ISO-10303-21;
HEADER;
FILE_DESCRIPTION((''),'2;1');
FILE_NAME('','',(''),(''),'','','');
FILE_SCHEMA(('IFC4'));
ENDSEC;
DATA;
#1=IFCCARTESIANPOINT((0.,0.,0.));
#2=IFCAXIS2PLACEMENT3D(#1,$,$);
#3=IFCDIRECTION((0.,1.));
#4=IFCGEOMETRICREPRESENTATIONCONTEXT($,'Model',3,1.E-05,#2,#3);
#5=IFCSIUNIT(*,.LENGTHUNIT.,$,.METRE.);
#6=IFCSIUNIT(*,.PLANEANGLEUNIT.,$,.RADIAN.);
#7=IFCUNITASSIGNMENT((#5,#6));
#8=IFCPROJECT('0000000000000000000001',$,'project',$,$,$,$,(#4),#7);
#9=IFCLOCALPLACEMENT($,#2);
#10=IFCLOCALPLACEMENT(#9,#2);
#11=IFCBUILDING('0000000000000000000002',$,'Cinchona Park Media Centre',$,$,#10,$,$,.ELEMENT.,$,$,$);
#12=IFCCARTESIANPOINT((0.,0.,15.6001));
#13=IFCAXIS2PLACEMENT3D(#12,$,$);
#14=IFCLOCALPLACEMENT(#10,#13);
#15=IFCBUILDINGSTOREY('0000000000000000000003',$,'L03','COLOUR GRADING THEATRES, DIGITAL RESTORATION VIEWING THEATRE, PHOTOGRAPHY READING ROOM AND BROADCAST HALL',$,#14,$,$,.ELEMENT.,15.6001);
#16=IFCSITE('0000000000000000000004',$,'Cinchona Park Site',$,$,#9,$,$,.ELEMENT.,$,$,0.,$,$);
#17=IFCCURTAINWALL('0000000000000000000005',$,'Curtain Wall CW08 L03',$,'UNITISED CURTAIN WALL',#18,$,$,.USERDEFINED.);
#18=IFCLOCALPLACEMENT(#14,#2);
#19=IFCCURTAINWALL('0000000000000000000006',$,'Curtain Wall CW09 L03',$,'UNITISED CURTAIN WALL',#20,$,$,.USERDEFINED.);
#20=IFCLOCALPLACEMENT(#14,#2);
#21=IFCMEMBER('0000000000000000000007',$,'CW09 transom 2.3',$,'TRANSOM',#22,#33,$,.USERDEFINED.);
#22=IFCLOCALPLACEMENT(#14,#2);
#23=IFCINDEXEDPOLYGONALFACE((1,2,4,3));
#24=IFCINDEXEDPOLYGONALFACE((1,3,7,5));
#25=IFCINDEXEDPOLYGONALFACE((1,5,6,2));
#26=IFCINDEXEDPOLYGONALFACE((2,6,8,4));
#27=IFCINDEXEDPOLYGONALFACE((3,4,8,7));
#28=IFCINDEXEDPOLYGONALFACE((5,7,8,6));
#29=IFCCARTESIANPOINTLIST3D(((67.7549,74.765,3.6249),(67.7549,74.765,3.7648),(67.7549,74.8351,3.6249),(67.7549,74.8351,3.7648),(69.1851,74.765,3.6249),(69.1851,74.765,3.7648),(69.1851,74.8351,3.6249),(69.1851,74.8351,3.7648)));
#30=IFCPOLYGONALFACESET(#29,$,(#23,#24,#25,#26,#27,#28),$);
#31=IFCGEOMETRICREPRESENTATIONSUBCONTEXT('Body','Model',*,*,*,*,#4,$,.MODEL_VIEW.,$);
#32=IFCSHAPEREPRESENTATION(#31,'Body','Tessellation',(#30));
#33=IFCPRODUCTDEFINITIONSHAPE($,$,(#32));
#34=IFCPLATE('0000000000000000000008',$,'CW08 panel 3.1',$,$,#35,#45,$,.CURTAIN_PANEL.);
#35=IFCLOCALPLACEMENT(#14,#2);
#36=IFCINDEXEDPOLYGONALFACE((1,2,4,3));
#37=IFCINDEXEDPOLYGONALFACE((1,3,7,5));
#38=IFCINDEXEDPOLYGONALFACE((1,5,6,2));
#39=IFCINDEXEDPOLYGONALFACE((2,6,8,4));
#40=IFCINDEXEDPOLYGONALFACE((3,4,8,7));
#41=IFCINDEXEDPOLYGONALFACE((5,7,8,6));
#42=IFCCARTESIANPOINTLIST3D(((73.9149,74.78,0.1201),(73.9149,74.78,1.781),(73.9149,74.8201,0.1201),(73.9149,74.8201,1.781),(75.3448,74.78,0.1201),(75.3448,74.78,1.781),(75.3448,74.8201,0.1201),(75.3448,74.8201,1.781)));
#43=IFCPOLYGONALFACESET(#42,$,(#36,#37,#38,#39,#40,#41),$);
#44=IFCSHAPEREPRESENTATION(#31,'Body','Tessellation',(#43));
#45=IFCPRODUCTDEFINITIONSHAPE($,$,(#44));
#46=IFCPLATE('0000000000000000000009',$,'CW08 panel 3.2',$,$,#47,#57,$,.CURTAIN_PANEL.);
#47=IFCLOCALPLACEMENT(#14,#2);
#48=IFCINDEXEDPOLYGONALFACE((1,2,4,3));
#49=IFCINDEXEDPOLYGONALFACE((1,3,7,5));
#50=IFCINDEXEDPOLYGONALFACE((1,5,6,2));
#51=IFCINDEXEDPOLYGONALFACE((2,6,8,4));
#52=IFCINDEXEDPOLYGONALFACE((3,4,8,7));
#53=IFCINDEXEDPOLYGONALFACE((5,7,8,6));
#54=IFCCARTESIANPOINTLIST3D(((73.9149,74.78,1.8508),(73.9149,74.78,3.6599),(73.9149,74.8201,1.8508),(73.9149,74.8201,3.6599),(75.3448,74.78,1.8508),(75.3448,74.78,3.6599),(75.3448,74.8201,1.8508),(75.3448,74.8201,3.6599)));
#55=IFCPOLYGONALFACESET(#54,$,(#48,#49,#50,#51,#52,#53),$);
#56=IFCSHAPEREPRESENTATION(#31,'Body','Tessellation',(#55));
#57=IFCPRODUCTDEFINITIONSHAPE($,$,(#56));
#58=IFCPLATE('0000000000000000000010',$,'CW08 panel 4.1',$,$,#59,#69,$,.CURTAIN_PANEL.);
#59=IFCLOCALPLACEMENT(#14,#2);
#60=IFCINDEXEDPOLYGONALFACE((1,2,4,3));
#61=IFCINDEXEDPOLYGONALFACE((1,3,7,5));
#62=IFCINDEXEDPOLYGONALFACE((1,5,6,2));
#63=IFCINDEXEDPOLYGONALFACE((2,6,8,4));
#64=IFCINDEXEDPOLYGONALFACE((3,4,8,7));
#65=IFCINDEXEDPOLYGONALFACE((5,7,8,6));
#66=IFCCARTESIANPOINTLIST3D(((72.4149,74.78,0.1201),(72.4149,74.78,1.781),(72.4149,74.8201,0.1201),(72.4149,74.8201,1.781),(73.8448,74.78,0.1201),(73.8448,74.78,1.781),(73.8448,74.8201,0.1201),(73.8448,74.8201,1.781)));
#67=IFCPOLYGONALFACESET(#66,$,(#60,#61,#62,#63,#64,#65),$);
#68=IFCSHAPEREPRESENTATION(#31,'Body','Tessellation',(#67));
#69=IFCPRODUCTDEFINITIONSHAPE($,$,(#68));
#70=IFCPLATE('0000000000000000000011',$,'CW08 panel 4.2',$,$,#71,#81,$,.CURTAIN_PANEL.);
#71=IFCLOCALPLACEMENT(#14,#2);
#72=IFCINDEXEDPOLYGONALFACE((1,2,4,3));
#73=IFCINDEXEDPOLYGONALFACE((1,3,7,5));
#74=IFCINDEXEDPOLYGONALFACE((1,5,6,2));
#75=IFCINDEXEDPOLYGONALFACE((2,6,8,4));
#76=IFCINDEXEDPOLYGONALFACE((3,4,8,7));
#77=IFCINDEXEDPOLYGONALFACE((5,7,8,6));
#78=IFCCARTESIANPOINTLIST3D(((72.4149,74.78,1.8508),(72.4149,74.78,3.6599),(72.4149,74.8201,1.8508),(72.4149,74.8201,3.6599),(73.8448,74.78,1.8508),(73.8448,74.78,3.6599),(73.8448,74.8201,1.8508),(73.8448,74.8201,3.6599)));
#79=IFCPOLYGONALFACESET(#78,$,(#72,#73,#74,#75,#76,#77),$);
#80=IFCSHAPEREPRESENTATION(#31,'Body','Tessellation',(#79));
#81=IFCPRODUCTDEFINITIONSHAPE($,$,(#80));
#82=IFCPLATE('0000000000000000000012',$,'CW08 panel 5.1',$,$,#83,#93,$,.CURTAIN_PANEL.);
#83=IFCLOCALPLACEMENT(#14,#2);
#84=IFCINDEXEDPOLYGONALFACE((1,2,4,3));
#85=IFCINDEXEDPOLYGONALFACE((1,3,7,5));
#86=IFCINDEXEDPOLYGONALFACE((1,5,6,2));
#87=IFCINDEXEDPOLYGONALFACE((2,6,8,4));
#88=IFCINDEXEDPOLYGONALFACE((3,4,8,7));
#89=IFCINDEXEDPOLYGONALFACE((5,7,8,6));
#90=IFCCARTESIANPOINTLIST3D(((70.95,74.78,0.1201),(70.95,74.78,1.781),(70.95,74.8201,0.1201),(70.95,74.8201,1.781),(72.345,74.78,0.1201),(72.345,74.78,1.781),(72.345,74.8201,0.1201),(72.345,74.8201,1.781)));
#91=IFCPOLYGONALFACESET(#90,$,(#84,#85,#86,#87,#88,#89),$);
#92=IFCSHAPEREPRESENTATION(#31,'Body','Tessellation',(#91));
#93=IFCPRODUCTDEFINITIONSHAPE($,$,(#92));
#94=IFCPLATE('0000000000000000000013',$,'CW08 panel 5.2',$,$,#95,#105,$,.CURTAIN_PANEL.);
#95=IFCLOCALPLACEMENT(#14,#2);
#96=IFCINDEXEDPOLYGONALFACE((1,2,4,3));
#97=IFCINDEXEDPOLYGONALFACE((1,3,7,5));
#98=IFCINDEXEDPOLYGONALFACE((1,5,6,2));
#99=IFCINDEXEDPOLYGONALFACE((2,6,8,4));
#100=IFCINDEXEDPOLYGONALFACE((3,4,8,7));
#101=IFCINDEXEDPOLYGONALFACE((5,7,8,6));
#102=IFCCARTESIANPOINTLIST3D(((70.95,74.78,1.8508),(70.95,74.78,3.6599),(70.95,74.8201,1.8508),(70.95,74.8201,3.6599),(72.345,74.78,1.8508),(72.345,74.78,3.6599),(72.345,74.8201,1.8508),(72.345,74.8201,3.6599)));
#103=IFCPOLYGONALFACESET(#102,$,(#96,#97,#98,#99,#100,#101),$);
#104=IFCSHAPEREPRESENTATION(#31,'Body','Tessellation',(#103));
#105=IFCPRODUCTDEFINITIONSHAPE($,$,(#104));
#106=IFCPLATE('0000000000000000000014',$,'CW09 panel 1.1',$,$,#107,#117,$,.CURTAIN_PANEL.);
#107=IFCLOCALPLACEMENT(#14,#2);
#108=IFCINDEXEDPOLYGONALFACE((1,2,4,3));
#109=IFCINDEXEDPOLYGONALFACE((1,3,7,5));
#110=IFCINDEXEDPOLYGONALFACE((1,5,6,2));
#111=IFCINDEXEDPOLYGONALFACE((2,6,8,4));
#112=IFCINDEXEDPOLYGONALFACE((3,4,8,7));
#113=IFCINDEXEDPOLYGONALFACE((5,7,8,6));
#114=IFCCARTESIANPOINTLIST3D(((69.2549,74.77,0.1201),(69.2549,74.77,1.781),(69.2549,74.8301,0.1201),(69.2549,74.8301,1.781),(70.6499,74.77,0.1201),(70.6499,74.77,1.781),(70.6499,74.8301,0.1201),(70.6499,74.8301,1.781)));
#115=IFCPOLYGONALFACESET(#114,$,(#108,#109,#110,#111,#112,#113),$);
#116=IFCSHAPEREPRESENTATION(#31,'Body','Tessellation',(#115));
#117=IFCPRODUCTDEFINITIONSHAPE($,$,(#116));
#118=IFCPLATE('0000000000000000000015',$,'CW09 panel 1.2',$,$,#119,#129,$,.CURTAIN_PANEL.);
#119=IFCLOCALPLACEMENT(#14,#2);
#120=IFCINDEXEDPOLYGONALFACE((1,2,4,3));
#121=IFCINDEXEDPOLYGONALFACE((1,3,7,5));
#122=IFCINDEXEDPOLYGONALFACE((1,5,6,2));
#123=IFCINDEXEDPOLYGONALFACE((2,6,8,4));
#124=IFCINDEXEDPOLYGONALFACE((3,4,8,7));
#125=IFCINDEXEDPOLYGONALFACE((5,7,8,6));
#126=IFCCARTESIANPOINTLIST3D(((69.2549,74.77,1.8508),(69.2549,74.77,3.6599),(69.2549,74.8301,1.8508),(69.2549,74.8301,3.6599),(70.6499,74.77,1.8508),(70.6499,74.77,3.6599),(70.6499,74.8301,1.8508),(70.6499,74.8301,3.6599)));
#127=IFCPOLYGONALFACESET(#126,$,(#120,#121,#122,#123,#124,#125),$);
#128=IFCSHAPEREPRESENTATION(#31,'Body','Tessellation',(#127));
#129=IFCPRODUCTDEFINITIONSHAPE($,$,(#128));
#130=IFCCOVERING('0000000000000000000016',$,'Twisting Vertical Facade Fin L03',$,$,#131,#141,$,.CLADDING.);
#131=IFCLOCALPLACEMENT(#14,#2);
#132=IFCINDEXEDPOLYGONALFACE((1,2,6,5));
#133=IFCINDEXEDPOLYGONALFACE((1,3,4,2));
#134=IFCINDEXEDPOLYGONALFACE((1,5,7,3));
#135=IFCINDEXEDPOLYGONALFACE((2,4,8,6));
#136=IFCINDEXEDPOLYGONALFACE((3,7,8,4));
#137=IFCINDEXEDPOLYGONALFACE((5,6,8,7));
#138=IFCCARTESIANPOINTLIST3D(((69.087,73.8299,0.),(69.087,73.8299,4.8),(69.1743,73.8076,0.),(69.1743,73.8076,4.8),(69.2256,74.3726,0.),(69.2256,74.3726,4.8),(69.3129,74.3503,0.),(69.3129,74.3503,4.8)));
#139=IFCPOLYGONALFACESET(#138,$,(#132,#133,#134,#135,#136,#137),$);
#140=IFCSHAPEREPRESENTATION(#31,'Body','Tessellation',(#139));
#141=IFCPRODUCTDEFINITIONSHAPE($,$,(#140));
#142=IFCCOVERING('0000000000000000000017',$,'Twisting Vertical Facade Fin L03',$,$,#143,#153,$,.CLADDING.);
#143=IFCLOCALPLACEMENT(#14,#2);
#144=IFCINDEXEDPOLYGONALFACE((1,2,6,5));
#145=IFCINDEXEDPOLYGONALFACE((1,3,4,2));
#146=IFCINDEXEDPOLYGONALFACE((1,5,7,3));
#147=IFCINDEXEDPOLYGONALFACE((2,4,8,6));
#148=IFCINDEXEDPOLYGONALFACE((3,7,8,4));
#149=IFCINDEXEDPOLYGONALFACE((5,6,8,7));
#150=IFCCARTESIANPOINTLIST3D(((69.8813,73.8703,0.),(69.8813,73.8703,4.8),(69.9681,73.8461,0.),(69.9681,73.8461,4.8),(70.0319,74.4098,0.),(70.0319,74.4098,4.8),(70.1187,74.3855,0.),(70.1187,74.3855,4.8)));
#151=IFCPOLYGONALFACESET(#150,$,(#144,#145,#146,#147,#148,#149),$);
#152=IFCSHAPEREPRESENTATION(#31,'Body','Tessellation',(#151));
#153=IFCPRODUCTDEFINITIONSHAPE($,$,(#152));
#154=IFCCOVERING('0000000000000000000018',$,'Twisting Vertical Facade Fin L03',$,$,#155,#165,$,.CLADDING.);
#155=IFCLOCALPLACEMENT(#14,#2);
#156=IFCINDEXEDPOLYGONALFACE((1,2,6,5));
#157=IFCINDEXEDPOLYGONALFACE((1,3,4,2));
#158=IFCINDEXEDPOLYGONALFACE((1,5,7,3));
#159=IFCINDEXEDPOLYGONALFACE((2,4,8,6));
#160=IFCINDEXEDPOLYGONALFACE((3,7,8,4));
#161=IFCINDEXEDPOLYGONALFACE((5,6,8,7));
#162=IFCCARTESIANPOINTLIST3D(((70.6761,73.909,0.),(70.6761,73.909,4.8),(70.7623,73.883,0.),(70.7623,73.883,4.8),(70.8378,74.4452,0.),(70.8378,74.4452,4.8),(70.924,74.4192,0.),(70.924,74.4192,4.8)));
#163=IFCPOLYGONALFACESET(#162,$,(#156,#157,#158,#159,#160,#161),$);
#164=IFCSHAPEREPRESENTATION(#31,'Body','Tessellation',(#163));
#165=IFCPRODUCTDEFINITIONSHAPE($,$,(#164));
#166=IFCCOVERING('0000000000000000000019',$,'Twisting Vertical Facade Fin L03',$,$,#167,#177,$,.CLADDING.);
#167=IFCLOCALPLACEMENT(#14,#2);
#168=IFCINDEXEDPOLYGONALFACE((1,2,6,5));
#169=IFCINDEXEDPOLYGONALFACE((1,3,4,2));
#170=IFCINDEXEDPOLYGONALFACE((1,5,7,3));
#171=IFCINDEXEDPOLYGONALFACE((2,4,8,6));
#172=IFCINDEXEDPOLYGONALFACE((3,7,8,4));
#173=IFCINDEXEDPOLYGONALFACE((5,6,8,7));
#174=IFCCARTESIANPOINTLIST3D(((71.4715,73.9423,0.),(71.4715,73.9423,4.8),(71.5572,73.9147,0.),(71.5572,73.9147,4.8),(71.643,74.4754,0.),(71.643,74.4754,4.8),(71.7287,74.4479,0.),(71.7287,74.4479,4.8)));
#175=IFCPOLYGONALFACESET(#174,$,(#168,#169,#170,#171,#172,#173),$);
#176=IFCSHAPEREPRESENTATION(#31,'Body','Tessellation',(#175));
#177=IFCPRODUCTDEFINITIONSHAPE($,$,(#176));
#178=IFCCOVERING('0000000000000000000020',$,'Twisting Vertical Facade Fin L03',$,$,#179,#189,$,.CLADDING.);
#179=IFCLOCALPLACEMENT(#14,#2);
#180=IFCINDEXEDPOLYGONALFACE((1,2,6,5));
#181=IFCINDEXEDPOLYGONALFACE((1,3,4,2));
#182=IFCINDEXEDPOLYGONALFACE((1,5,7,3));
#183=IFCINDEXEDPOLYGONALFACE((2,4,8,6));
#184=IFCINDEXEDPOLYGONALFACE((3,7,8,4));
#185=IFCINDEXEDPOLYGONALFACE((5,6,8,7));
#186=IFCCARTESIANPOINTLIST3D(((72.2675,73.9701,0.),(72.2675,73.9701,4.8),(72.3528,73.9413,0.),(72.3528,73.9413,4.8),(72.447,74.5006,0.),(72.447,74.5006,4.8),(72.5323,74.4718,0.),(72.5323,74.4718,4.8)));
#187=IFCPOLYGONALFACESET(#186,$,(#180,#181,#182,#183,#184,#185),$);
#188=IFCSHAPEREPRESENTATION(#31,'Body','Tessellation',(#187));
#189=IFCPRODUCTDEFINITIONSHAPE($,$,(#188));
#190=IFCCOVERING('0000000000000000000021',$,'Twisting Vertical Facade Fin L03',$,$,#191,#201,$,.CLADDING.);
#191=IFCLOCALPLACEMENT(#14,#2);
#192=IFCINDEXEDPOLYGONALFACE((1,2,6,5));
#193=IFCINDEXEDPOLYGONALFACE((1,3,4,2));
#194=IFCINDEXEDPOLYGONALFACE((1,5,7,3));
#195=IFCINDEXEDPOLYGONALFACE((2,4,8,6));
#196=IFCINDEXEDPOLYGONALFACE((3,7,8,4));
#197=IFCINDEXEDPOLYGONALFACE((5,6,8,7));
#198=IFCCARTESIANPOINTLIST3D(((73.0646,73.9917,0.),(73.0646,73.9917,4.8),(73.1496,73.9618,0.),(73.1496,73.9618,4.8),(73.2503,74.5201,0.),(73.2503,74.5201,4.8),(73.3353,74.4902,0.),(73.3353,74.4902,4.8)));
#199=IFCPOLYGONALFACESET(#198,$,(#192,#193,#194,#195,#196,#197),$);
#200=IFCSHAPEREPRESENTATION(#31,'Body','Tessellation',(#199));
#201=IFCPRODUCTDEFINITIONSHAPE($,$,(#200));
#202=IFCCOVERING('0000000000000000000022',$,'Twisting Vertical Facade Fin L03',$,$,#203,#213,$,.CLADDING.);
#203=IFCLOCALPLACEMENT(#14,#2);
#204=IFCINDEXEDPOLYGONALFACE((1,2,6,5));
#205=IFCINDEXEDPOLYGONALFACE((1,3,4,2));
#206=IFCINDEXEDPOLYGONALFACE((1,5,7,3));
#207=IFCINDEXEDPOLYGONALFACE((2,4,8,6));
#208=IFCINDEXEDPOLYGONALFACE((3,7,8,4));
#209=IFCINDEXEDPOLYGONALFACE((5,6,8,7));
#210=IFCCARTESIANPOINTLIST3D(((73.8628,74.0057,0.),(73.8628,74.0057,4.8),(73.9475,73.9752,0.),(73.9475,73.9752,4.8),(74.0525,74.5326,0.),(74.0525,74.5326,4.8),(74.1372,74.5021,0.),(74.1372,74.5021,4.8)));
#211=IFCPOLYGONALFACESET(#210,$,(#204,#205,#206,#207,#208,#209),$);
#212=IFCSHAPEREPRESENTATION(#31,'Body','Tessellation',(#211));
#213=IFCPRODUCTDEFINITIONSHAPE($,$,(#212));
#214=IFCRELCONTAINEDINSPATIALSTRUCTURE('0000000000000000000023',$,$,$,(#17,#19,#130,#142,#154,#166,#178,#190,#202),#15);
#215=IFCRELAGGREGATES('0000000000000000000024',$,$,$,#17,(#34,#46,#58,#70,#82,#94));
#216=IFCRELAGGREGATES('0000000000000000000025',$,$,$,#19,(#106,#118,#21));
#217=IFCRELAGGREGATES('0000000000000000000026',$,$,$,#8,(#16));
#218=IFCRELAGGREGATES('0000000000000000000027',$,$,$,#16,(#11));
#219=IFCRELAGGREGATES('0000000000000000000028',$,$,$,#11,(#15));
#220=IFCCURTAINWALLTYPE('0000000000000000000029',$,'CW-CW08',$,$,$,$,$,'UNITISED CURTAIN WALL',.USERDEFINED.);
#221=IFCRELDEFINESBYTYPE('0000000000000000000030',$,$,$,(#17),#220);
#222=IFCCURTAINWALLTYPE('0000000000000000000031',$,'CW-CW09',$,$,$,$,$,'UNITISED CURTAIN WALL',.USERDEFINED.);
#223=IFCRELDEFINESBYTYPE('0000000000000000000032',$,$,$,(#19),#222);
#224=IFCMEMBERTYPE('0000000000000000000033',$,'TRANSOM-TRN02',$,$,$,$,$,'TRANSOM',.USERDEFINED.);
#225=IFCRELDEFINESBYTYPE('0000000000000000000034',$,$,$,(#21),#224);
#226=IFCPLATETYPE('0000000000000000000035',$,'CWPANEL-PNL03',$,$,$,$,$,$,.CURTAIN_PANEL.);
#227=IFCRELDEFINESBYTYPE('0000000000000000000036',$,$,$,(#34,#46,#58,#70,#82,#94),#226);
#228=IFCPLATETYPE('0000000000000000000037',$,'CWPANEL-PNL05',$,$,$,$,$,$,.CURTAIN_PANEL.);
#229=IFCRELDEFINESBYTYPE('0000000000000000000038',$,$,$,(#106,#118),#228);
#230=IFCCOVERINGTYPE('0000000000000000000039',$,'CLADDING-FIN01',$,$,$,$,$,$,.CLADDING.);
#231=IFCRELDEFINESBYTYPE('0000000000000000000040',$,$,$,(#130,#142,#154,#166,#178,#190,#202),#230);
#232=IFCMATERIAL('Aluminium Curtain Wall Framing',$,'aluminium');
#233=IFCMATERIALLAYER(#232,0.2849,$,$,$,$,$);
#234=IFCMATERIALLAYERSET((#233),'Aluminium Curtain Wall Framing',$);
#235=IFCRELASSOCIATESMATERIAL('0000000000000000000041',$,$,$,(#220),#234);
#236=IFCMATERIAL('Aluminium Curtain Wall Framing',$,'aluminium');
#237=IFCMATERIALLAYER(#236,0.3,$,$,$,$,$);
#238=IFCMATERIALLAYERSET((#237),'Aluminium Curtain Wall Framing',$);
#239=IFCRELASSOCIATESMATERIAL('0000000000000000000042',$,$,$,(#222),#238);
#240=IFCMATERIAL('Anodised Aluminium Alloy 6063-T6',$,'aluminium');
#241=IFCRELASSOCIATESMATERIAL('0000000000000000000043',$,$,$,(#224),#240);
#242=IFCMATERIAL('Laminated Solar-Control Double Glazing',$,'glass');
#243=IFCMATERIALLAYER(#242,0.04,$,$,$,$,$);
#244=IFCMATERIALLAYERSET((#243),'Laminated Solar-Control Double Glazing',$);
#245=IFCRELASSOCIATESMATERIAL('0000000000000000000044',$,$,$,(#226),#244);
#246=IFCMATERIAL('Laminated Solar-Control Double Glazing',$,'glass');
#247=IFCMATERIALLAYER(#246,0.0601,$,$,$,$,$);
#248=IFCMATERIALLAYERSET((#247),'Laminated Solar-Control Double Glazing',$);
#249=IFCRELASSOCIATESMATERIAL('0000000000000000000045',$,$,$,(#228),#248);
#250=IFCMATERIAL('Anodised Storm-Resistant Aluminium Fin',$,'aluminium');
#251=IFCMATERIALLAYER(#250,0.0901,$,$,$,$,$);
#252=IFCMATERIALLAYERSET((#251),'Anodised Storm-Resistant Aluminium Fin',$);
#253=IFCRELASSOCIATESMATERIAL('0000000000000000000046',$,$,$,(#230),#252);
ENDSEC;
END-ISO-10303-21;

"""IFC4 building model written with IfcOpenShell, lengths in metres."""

from ifc_helpers import new_model, si_unit, direction, frame, origin, origin_2d, place, context, subcontext, project, spatial, rectangle, extrude, material, layer, layer_set, material_profile, profile_set, type_object, element, aggregate, save


model = new_model("IFC4")

# Units and contexts
model_context = context("Model", 3, precision=1e-05, world=origin(), true_north=direction((0.0, 1.0)))
body_context = subcontext(model_context, "Body", "Model", "MODEL_VIEW")
ifc_project = project(units=[si_unit("LENGTHUNIT", "METRE"), si_unit("PLANEANGLEUNIT", "RADIAN")], contexts=[model_context])

# Site, building, storey
site_placement = place(None, origin())
site = spatial("IfcSite", under=ifc_project, at=site_placement, Name="Cinchona Park Site", CompositionType="ELEMENT", RefElevation=0.0)
building_placement = place(site_placement, origin())
building = spatial("IfcBuilding", under=site, at=building_placement, Name="Cinchona Park Media Centre", CompositionType="ELEMENT")
storey_placement = place(building_placement, frame((0.0, 0.0, 15.6001)))
storey = spatial("IfcBuildingStorey", under=building, at=storey_placement, Name="L03", Description="COLOUR GRADING THEATRES, DIGITAL RESTORATION VIEWING THEATRE, PHOTOGRAPHY READING ROOM AND BROADCAST HALL", CompositionType="ELEMENT", Elevation=15.6001)

# Curtain walls
ifc_material_1 = material(Name="Aluminium Curtain Wall Framing", Category="aluminium")
ifc_layer_1 = layer(ifc_material_1, 0.2849)
ifc_layer_set_1 = layer_set([ifc_layer_1], Name="Aluminium Curtain Wall Framing")
curtain_wall_type_1 = type_object("IfcCurtainWallType", Name="CW-CW08", ElementType="UNITISED CURTAIN WALL", PredefinedType="USERDEFINED", material=ifc_layer_set_1)
curtain_wall_1_placement = place(storey_placement, origin())
curtain_wall_1 = element("IfcCurtainWall", 1, at=curtain_wall_1_placement, inside=storey, type_object=curtain_wall_type_1, Name="Curtain Wall CW08 L03", ObjectType="UNITISED CURTAIN WALL", PredefinedType="USERDEFINED")
ifc_material_2 = material(Name="Aluminium Curtain Wall Framing", Category="aluminium")
ifc_layer_2 = layer(ifc_material_2, 0.3)
ifc_layer_set_2 = layer_set([ifc_layer_2], Name="Aluminium Curtain Wall Framing")
curtain_wall_type_2 = type_object("IfcCurtainWallType", Name="CW-CW09", ElementType="UNITISED CURTAIN WALL", PredefinedType="USERDEFINED", material=ifc_layer_set_2)
curtain_wall_2_placement = place(storey_placement, origin())
curtain_wall_2 = element("IfcCurtainWall", 2, at=curtain_wall_2_placement, inside=storey, type_object=curtain_wall_type_2, Name="Curtain Wall CW09 L03", ObjectType="UNITISED CURTAIN WALL", PredefinedType="USERDEFINED")

# Member
ifc_material_3 = material(Name="Anodised Aluminium Alloy 6063-T6", Category="aluminium")
ifc_material_profile_1 = material_profile(ifc_material_3, rectangle(XDim=0.0701, YDim=0.1399, at=origin_2d()), Name="TRN-70X140")
ifc_profile_set_1 = profile_set([ifc_material_profile_1], Name="Anodised Aluminium Alloy 6063-T6")
member_type_1 = type_object("IfcMemberType", Name="TRANSOM-TRN02", ElementType="TRANSOM", PredefinedType="USERDEFINED", material=ifc_profile_set_1)
member_1_placement = place(storey_placement, frame((69.1851, 74.8, 3.6948), z_axis=(-1.0, 0.0, 0.0), x_axis=(0.0, -1.0, 0.0)))
member_1 = element("IfcMember", 3, at=member_1_placement, type_object=member_type_1, Name="CW09 transom 2.3", ObjectType="TRANSOM", PredefinedType="USERDEFINED", context=body_context, shape_type="SweptSolid", body=[
    extrude(rectangle(XDim=0.0701, YDim=0.1399, at=origin_2d()), origin(), (0.0, 0.0, 1.0), 1.4302),
])

# Plates
ifc_material_4 = material(Name="Laminated Solar-Control Double Glazing", Category="glass")
ifc_layer_3 = layer(ifc_material_4, 0.04)
ifc_layer_set_3 = layer_set([ifc_layer_3], Name="Laminated Solar-Control Double Glazing")
plate_type_1 = type_object("IfcPlateType", Name="CWPANEL-PNL03", PredefinedType="CURTAIN_PANEL", material=ifc_layer_set_3)
plate_1_placement = place(storey_placement, frame((74.6299, 74.8, 0.1201), z_axis=(0.0, 0.0, 1.0), x_axis=(-1.0, 0.0, 0.0)))
plate_1 = element("IfcPlate", 4, at=plate_1_placement, type_object=plate_type_1, Name="CW08 panel 3.1", PredefinedType="CURTAIN_PANEL", context=body_context, shape_type="SweptSolid", body=[
    extrude(rectangle(XDim=1.4299, YDim=0.04, at=origin_2d()), origin(), (0.0, 0.0, 1.0), 1.6609),
])
plate_2_placement = place(storey_placement, frame((74.6299, 74.8, 1.8508), z_axis=(0.0, 0.0, 1.0), x_axis=(-1.0, 0.0, 0.0)))
plate_2 = element("IfcPlate", 5, at=plate_2_placement, type_object=plate_type_1, Name="CW08 panel 3.2", PredefinedType="CURTAIN_PANEL", context=body_context, shape_type="SweptSolid", body=[
    extrude(rectangle(XDim=1.4299, YDim=0.04, at=origin_2d()), origin(), (0.0, 0.0, 1.0), 1.8091),
])
plate_3_placement = place(storey_placement, frame((73.1299, 74.8, 0.1201), z_axis=(0.0, 0.0, 1.0), x_axis=(-1.0, 0.0, 0.0)))
plate_3 = element("IfcPlate", 6, at=plate_3_placement, type_object=plate_type_1, Name="CW08 panel 4.1", PredefinedType="CURTAIN_PANEL", context=body_context, shape_type="SweptSolid", body=[
    extrude(rectangle(XDim=1.4299, YDim=0.04, at=origin_2d()), origin(), (0.0, 0.0, 1.0), 1.6609),
])
plate_4_placement = place(storey_placement, frame((73.1299, 74.8, 1.8508), z_axis=(0.0, 0.0, 1.0), x_axis=(-1.0, 0.0, 0.0)))
plate_4 = element("IfcPlate", 7, at=plate_4_placement, type_object=plate_type_1, Name="CW08 panel 4.2", PredefinedType="CURTAIN_PANEL", context=body_context, shape_type="SweptSolid", body=[
    extrude(rectangle(XDim=1.4299, YDim=0.04, at=origin_2d()), origin(), (0.0, 0.0, 1.0), 1.8091),
])
plate_5_placement = place(storey_placement, frame((71.6475, 74.8, 0.1201), z_axis=(0.0, 0.0, 1.0), x_axis=(-1.0, 0.0, 0.0)))
plate_5 = element("IfcPlate", 8, at=plate_5_placement, type_object=plate_type_1, Name="CW08 panel 5.1", PredefinedType="CURTAIN_PANEL", context=body_context, shape_type="SweptSolid", body=[
    extrude(rectangle(XDim=1.395, YDim=0.04, at=origin_2d()), origin(), (0.0, 0.0, 1.0), 1.6609),
])
plate_6_placement = place(storey_placement, frame((71.6475, 74.8, 1.8508), z_axis=(0.0, 0.0, 1.0), x_axis=(-1.0, 0.0, 0.0)))
plate_6 = element("IfcPlate", 9, at=plate_6_placement, type_object=plate_type_1, Name="CW08 panel 5.2", PredefinedType="CURTAIN_PANEL", context=body_context, shape_type="SweptSolid", body=[
    extrude(rectangle(XDim=1.395, YDim=0.04, at=origin_2d()), origin(), (0.0, 0.0, 1.0), 1.8091),
])
aggregate(curtain_wall_1, [plate_1, plate_2, plate_3, plate_4, plate_5, plate_6])
ifc_material_5 = material(Name="Laminated Solar-Control Double Glazing", Category="glass")
ifc_layer_4 = layer(ifc_material_5, 0.0601)
ifc_layer_set_4 = layer_set([ifc_layer_4], Name="Laminated Solar-Control Double Glazing")
plate_type_2 = type_object("IfcPlateType", Name="CWPANEL-PNL05", PredefinedType="CURTAIN_PANEL", material=ifc_layer_set_4)
plate_7_placement = place(storey_placement, frame((69.9524, 74.8, 0.1201), z_axis=(0.0, 0.0, 1.0), x_axis=(-1.0, 0.0, 0.0)))
plate_7 = element("IfcPlate", 10, at=plate_7_placement, type_object=plate_type_2, Name="CW09 panel 1.1", PredefinedType="CURTAIN_PANEL", context=body_context, shape_type="SweptSolid", body=[
    extrude(rectangle(XDim=1.395, YDim=0.0601, at=origin_2d()), origin(), (0.0, 0.0, 1.0), 1.6609),
])
plate_8_placement = place(storey_placement, frame((69.9524, 74.8, 1.8508), z_axis=(0.0, 0.0, 1.0), x_axis=(-1.0, 0.0, 0.0)))
plate_8 = element("IfcPlate", 11, at=plate_8_placement, type_object=plate_type_2, Name="CW09 panel 1.2", PredefinedType="CURTAIN_PANEL", context=body_context, shape_type="SweptSolid", body=[
    extrude(rectangle(XDim=1.395, YDim=0.0601, at=origin_2d()), origin(), (0.0, 0.0, 1.0), 1.8091),
])
aggregate(curtain_wall_2, [plate_7, plate_8, member_1])

# Coverings
ifc_material_6 = material(Name="Anodised Storm-Resistant Aluminium Fin", Category="aluminium")
ifc_layer_5 = layer(ifc_material_6, 0.0901)
ifc_layer_set_5 = layer_set([ifc_layer_5], Name="Anodised Storm-Resistant Aluminium Fin")
covering_type = type_object("IfcCoveringType", Name="CLADDING-FIN01", PredefinedType="CLADDING", material=ifc_layer_set_5)
for number, where, z_axis, x_axis, name in (
    (12, (69.2, 74.0901, 0.0), (0.0, 0.0, 1.0), (0.247337, 0.968929, 0.0), "Twisting Vertical Facade Fin L03"),
    (13, (70.0, 74.1279, 0.0), (0.0, 0.0, 1.0), (0.26892, 0.963163, 0.0), "Twisting Vertical Facade Fin L03"),
    (14, (70.8, 74.1641, 0.0), (0.0, 0.0, 1.0), (0.288698, 0.95742, 0.0), "Twisting Vertical Facade Fin L03"),
    (15, (71.6001, 74.1951, 0.0), (0.0, 0.0, 1.0), (0.306194, 0.951969, 0.0), "Twisting Vertical Facade Fin L03"),
    (16, (72.3999, 74.2209, 0.0), (0.0, 0.0, 1.0), (0.320613, 0.94721, 0.0), "Twisting Vertical Facade Fin L03"),
    (17, (73.2, 74.241, 0.0), (0.0, 0.0, 1.0), (0.331667, 0.943396, 0.0), "Twisting Vertical Facade Fin L03"),
    (18, (74.0, 74.2539, 0.0), (0.0, 0.0, 1.0), (0.338738, 0.940881, 0.0), "Twisting Vertical Facade Fin L03"),
):
    element("IfcCovering", number, at=place(storey_placement, frame(where, z_axis=z_axis, x_axis=x_axis)), inside=storey, type_object=covering_type, Name=name, PredefinedType="CLADDING", context=body_context, shape_type="SweptSolid", body=[
        extrude(rectangle(XDim=0.5601, YDim=0.0901, at=origin_2d()), origin(), (0.0, 0.0, 1.0), 4.8),
    ])

save(model, "model.ifc")
